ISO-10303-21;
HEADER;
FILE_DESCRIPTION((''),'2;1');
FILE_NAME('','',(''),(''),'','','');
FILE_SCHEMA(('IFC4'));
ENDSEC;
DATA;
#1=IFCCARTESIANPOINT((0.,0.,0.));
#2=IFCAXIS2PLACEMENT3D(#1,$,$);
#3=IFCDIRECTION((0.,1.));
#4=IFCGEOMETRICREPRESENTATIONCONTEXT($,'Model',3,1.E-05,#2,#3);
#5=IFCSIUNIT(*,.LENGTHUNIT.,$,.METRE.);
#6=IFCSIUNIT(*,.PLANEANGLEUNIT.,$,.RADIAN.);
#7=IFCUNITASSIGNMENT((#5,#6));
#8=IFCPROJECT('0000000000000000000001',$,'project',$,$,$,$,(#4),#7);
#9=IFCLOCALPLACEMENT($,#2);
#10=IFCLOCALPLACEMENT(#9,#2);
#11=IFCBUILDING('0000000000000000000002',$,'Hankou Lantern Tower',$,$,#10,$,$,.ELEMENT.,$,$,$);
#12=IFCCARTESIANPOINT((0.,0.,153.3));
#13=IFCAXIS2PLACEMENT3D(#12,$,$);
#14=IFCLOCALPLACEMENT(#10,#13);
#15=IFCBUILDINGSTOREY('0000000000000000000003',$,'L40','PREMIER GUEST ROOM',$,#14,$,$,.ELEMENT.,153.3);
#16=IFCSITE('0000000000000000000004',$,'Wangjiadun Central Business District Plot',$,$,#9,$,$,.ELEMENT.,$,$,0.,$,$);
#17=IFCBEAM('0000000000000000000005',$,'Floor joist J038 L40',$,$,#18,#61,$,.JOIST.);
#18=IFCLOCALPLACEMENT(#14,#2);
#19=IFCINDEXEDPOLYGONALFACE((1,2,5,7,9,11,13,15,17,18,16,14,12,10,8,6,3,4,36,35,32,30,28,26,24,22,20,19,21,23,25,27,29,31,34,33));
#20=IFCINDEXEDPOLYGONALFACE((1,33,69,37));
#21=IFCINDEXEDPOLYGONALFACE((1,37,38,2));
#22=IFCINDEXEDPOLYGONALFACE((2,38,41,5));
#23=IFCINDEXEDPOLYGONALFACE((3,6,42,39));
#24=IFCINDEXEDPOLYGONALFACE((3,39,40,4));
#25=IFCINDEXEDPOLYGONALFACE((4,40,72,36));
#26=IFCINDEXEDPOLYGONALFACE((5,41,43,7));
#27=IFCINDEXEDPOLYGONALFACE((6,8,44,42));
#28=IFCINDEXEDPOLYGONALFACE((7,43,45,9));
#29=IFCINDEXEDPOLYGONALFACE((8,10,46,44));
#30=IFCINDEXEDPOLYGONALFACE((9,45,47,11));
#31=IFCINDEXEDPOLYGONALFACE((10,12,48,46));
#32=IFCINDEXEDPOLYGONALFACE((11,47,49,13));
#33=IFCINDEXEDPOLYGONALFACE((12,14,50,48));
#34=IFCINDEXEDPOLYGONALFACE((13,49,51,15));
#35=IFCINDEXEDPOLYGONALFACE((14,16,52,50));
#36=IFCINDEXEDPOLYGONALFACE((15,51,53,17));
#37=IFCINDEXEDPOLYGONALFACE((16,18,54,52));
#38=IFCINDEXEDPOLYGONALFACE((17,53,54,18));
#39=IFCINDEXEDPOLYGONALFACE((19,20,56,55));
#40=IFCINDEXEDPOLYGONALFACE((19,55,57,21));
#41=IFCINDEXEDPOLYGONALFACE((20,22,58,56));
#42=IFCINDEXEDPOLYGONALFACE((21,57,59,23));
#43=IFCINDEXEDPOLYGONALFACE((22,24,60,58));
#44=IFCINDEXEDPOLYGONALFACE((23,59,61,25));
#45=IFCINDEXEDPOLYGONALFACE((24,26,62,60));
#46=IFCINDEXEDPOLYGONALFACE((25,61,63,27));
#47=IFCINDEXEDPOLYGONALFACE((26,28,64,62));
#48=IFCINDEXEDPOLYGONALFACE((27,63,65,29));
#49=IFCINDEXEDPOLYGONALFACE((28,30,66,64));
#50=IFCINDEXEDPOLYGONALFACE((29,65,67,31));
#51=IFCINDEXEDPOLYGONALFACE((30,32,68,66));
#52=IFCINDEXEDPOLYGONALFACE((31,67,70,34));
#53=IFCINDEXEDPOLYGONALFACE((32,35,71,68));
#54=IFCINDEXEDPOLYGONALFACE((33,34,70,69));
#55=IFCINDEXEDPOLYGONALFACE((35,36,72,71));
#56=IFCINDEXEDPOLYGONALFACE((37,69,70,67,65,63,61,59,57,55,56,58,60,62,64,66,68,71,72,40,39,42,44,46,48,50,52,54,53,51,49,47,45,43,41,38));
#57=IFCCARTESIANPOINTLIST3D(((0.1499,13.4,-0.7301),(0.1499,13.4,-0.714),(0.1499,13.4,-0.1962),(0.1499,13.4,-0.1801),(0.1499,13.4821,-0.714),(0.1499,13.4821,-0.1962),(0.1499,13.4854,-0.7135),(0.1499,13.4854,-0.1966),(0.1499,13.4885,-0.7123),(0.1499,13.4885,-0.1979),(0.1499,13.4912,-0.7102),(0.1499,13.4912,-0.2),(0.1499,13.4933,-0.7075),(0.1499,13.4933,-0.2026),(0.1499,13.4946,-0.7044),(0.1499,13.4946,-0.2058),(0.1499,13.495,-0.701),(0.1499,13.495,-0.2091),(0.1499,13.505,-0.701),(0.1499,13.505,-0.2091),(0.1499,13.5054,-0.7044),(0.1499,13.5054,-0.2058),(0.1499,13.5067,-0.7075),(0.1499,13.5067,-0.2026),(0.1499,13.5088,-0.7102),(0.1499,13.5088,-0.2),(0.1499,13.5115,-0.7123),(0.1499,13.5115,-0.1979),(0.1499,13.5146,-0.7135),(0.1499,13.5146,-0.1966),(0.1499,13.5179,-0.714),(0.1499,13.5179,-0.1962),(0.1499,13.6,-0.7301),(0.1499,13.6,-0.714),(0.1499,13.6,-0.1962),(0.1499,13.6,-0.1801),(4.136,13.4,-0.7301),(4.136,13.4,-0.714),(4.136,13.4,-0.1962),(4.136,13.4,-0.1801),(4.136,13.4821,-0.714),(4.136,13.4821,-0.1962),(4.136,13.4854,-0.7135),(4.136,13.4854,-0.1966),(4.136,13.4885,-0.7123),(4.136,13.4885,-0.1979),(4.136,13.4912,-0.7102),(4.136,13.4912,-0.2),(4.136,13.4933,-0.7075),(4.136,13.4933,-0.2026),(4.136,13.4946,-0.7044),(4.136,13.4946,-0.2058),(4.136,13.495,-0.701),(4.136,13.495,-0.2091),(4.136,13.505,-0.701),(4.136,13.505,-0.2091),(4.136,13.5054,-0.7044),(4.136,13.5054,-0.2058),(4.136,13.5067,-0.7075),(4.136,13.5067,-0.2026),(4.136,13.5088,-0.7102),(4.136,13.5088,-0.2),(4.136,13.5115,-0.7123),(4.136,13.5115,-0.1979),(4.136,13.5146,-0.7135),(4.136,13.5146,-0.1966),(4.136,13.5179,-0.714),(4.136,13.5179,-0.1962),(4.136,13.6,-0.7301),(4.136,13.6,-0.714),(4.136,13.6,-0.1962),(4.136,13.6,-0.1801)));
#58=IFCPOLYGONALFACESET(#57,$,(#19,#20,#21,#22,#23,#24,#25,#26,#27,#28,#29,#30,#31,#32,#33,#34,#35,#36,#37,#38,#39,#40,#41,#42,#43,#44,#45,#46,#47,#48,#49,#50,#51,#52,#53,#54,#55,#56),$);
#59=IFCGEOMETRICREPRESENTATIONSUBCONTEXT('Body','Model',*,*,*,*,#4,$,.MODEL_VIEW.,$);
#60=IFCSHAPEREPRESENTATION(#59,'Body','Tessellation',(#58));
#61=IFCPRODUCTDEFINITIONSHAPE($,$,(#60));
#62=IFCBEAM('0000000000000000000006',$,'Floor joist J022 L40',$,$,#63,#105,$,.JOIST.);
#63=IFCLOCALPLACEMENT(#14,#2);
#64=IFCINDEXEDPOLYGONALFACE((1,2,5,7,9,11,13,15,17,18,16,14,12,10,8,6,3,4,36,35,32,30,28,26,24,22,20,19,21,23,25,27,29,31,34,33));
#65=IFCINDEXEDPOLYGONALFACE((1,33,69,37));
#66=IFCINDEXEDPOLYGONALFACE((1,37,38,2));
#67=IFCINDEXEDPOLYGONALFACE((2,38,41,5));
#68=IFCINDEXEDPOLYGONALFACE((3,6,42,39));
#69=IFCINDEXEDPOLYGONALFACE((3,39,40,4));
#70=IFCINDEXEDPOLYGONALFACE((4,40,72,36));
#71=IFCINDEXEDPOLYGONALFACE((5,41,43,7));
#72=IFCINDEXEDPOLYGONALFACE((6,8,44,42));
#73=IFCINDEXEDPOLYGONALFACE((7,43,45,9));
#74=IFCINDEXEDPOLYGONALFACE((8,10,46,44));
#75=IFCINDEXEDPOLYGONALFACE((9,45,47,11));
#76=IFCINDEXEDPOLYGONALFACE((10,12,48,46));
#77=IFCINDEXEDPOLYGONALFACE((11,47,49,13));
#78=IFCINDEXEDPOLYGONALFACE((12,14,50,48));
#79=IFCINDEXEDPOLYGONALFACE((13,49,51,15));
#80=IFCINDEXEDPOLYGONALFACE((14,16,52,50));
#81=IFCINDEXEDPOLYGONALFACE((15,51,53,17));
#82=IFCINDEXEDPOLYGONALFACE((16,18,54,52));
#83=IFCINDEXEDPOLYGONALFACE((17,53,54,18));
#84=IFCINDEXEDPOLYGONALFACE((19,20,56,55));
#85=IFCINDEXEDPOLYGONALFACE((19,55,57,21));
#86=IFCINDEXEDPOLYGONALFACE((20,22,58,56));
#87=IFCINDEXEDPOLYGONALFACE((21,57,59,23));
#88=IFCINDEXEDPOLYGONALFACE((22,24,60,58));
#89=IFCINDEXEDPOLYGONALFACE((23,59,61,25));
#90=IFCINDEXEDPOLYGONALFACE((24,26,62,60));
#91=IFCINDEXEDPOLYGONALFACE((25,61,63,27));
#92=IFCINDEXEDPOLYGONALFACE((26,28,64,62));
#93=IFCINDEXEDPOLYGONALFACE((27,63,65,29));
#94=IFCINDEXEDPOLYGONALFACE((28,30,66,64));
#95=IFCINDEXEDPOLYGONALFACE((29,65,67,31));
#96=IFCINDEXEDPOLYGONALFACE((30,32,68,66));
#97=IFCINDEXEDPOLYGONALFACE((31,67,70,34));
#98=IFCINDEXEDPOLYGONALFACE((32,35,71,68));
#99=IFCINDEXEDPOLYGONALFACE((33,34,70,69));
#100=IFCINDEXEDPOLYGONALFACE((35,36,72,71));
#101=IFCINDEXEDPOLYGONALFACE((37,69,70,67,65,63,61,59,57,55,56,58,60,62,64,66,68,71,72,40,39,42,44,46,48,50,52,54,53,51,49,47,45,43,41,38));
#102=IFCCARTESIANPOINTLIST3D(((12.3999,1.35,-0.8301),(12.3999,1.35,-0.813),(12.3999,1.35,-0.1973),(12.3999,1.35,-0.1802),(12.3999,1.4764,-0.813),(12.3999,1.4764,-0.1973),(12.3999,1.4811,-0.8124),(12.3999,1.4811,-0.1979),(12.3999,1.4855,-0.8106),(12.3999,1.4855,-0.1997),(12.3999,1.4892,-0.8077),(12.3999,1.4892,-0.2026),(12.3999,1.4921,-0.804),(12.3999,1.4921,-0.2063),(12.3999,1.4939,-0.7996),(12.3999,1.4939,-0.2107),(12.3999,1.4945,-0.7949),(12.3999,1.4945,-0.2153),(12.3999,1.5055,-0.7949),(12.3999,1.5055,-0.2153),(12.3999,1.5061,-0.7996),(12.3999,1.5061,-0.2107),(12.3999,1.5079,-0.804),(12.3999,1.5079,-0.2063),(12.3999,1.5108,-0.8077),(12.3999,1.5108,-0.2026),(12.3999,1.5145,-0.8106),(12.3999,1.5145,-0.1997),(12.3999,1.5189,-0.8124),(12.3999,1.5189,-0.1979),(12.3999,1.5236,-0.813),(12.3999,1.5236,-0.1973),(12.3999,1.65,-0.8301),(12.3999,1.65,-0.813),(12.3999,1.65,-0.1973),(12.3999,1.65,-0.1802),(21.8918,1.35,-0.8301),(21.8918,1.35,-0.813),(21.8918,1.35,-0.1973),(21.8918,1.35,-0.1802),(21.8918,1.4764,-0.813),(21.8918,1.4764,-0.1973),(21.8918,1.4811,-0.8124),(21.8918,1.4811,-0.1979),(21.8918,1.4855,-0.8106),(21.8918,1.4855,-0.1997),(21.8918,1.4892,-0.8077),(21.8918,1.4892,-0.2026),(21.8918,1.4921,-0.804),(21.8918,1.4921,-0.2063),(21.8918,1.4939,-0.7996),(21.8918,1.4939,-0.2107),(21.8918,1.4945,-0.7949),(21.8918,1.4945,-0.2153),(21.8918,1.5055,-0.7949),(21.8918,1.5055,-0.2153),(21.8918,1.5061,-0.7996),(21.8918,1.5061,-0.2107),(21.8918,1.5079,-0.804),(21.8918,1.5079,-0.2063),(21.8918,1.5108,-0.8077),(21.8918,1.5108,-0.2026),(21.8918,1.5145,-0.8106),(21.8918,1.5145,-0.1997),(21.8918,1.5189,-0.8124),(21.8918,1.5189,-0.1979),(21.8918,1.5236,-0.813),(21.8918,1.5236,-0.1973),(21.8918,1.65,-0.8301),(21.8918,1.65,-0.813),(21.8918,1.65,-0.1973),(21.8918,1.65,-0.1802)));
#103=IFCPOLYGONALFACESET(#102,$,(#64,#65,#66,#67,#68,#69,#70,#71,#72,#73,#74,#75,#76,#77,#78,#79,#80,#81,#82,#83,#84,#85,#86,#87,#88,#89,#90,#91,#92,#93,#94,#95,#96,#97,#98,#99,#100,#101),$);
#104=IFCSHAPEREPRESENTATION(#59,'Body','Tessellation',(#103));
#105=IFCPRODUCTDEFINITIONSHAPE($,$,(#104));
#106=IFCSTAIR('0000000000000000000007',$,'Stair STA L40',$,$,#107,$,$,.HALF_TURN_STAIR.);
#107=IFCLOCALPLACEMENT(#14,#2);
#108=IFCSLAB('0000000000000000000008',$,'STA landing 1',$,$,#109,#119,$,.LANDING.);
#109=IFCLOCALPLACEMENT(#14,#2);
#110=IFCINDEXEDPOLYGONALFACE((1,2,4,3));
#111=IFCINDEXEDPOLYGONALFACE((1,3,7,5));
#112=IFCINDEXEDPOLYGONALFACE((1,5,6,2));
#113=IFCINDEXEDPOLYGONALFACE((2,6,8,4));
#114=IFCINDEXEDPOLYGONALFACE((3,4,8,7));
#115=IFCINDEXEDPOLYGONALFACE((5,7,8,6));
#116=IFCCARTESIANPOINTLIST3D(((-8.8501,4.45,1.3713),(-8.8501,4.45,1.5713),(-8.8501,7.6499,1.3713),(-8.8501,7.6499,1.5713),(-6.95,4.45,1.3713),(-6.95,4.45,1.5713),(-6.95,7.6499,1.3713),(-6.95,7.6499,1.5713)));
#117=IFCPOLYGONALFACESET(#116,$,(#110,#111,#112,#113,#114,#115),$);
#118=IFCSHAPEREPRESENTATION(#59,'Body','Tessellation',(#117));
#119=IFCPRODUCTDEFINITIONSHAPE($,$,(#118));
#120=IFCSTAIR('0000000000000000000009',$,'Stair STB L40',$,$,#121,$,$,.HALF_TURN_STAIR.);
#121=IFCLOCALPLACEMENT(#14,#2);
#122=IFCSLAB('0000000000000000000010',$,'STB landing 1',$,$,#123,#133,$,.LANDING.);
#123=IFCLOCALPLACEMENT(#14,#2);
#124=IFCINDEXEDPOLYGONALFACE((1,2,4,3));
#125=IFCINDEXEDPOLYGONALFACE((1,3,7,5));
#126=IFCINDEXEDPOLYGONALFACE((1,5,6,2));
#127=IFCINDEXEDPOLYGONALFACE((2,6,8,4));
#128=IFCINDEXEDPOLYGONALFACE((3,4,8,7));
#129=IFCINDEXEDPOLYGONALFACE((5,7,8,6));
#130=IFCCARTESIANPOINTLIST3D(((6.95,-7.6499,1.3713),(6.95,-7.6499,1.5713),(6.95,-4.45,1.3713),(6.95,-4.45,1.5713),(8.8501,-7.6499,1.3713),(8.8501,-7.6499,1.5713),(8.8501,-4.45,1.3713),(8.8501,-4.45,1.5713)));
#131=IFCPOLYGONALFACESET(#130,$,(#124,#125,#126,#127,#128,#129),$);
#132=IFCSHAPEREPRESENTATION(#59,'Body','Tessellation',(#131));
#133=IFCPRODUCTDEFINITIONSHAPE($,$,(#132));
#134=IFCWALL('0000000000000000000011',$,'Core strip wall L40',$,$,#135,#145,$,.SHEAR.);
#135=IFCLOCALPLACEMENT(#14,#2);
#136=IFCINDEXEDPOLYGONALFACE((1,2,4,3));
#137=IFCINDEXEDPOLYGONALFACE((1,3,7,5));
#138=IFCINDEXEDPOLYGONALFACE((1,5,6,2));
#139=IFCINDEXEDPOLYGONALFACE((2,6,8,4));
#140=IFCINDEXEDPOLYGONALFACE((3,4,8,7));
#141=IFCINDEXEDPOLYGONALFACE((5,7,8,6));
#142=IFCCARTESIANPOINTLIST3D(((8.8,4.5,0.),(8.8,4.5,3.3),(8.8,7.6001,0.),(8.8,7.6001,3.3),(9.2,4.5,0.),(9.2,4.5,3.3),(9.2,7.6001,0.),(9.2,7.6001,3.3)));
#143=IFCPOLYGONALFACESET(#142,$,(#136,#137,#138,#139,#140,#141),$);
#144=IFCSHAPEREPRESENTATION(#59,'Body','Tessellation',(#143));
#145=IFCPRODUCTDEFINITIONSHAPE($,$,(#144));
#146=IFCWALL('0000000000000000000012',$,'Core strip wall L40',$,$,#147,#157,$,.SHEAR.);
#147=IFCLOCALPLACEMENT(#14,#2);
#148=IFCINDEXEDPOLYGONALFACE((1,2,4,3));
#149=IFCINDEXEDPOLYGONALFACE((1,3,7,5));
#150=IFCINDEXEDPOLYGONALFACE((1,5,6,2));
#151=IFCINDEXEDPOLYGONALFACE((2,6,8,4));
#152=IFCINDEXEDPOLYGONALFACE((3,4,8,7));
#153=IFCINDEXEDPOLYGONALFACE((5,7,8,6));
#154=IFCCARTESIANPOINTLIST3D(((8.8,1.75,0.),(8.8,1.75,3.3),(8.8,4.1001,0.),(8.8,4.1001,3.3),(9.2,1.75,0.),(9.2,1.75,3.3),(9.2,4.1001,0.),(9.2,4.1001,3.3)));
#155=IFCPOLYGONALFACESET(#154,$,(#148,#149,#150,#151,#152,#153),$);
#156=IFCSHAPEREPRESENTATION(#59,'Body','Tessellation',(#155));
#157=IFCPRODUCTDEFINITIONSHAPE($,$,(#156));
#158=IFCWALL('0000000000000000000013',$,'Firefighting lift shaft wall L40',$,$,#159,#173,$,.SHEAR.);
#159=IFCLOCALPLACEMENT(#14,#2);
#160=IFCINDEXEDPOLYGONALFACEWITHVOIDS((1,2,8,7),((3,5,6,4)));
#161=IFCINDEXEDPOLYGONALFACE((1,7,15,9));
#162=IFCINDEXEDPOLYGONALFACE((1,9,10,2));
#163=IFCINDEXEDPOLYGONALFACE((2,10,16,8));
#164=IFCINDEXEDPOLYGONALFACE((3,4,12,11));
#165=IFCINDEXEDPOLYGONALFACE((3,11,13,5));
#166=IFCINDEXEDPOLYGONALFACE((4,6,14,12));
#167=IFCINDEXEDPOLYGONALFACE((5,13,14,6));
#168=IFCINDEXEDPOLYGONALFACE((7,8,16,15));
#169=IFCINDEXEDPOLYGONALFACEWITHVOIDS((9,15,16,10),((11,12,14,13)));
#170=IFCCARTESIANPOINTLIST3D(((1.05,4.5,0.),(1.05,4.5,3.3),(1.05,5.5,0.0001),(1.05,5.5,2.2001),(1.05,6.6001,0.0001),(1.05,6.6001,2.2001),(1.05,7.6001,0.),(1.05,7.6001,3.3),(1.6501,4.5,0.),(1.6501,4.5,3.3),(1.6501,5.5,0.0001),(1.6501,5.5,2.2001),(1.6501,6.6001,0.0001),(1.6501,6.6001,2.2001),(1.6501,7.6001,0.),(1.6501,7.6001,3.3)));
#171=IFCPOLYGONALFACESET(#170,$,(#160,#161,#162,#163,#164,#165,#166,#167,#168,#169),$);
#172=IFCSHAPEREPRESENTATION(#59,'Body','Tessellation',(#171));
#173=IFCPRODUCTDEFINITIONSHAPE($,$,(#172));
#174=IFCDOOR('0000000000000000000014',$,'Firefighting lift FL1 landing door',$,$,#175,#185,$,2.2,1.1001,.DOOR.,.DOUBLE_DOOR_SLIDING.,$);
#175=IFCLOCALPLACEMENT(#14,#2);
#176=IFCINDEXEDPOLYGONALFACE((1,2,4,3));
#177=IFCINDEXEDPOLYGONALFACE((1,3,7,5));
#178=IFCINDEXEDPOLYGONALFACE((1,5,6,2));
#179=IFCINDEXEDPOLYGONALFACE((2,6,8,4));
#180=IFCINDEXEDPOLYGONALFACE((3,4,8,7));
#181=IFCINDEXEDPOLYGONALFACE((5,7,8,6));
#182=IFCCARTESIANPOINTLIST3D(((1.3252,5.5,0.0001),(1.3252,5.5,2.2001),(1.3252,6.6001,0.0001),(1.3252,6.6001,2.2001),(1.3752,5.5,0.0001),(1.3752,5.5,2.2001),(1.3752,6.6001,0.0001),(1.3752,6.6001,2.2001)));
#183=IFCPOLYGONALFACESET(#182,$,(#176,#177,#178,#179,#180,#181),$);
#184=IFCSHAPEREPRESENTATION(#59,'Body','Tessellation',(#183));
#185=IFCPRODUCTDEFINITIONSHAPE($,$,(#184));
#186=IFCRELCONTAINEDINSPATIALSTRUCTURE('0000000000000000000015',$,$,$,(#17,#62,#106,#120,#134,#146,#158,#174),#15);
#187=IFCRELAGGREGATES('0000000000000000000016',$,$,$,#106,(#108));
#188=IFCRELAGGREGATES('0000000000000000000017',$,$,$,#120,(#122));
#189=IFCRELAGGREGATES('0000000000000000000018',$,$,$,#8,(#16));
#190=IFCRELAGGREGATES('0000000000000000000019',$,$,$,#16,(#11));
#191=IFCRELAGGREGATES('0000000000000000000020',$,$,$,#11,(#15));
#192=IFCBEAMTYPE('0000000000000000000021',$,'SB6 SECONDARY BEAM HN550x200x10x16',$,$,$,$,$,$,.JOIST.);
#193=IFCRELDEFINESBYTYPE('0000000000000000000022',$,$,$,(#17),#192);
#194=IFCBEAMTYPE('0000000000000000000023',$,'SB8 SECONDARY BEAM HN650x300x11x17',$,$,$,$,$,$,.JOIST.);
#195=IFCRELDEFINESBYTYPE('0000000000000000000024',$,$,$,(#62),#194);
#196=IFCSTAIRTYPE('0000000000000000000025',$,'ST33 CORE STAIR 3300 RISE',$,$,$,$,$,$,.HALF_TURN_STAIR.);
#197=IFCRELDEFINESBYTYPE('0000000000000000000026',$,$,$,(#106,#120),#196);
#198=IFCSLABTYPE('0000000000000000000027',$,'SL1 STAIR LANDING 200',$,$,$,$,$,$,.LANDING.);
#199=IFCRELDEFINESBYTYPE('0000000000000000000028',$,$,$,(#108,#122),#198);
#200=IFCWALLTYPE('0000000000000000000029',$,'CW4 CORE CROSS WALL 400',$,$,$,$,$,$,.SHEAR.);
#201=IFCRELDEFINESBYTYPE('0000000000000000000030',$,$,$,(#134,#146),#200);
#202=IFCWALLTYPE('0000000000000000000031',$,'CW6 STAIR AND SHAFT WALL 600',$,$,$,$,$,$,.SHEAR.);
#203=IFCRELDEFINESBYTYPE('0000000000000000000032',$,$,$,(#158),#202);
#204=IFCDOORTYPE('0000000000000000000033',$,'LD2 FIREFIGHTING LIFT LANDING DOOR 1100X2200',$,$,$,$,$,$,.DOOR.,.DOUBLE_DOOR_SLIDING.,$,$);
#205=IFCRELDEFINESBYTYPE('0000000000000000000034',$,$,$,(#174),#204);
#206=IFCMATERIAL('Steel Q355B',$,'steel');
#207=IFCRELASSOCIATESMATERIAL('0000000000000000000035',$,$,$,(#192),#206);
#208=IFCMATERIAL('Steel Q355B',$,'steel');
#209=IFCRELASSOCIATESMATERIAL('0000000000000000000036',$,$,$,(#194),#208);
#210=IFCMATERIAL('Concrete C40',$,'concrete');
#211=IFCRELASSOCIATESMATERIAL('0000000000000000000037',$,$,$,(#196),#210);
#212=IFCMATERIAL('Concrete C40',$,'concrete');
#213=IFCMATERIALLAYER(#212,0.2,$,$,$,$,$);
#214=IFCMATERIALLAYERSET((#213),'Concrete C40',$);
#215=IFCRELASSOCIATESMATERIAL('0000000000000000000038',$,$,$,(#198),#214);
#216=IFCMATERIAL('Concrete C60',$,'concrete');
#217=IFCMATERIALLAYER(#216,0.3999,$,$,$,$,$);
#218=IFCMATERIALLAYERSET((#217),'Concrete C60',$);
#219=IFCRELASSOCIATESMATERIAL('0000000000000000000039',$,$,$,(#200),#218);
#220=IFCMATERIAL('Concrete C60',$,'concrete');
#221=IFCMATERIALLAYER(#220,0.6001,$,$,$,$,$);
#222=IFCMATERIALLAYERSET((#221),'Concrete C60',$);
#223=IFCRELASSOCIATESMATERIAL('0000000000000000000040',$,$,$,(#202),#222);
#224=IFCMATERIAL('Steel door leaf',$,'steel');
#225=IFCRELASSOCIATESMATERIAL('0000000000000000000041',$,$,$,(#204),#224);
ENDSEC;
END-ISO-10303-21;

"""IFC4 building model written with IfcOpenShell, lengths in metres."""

from ifc_helpers import new_model, si_unit, direction, frame, frame_2d, origin, origin_2d, place, context, subcontext, project, spatial, polyline, rectangle, i_section, outline, extrude, material, layer, layer_set, material_profile, profile_set, type_object, element, fill, aggregate, save


model = new_model("IFC4")

# Units and contexts
model_context = context("Model", 3, precision=1e-05, world=origin(), true_north=direction((0.0, 1.0)))
body_context = subcontext(model_context, "Body", "Model", "MODEL_VIEW")
ifc_project = project(units=[si_unit("LENGTHUNIT", "METRE"), si_unit("PLANEANGLEUNIT", "RADIAN")], contexts=[model_context])

# Site, building, storey
site_placement = place(None, origin())
site = spatial("IfcSite", under=ifc_project, at=site_placement, Name="Wangjiadun Central Business District Plot", CompositionType="ELEMENT", RefElevation=0.0)
building_placement = place(site_placement, origin())
building = spatial("IfcBuilding", under=site, at=building_placement, Name="Hankou Lantern Tower", CompositionType="ELEMENT")
storey_placement = place(building_placement, frame((0.0, 0.0, 153.3)))
storey = spatial("IfcBuildingStorey", under=building, at=storey_placement, Name="L40", Description="PREMIER GUEST ROOM", CompositionType="ELEMENT", Elevation=153.3)

# Beams
ifc_material_1 = material(Name="Steel Q355B", Category="steel")
ifc_material_profile_1 = material_profile(ifc_material_1, i_section(OverallWidth=0.2, OverallDepth=0.55, WebThickness=0.01, FlangeThickness=0.0161, FilletRadius=0.0129, at=origin_2d()), Name="HN550x200x10x16")
ifc_profile_set_1 = profile_set([ifc_material_profile_1], Name="Steel Q355B")
beam_type_1 = type_object("IfcBeamType", Name="SB6 SECONDARY BEAM HN550x200x10x16", PredefinedType="JOIST", material=ifc_profile_set_1)
beam_1_placement = place(storey_placement, frame((0.1499, 13.5, -0.4551), z_axis=(1.0, 0.0, 0.0), x_axis=(0.0, 1.0, 0.0)))
element("IfcBeam", 1, at=beam_1_placement, inside=storey, type_object=beam_type_1, Name="Floor joist J038 L40", PredefinedType="JOIST", context=body_context, shape_type="SweptSolid", body=[
    extrude(i_section(OverallWidth=0.2, OverallDepth=0.55, WebThickness=0.01, FlangeThickness=0.0161, FilletRadius=0.0129, at=origin_2d()), origin(), (0.0, 0.0, 1.0), 3.9861),
])
ifc_material_2 = material(Name="Steel Q355B", Category="steel")
ifc_material_profile_2 = material_profile(ifc_material_2, i_section(OverallWidth=0.3, OverallDepth=0.6499, WebThickness=0.011, FlangeThickness=0.0171, FilletRadius=0.0181, at=origin_2d()), Name="HN650x300x11x17")
ifc_profile_set_2 = profile_set([ifc_material_profile_2], Name="Steel Q355B")
beam_type_2 = type_object("IfcBeamType", Name="SB8 SECONDARY BEAM HN650x300x11x17", PredefinedType="JOIST", material=ifc_profile_set_2)
beam_2_placement = place(storey_placement, frame((12.3999, 1.5, -0.5051), z_axis=(1.0, 0.0, 0.0), x_axis=(0.0, 1.0, 0.0)))
element("IfcBeam", 2, at=beam_2_placement, inside=storey, type_object=beam_type_2, Name="Floor joist J022 L40", PredefinedType="JOIST", context=body_context, shape_type="SweptSolid", body=[
    extrude(i_section(OverallWidth=0.3, OverallDepth=0.6499, WebThickness=0.011, FlangeThickness=0.0171, FilletRadius=0.0181, at=origin_2d()), origin(), (0.0, 0.0, 1.0), 9.4919),
])

# Stairs, slabs
ifc_material_3 = material(Name="Concrete C40", Category="concrete")
stair_type = type_object("IfcStairType", Name="ST33 CORE STAIR 3300 RISE", PredefinedType="HALF_TURN_STAIR", material=ifc_material_3)
stair_1_placement = place(storey_placement, origin())
stair_1 = element("IfcStair", 3, at=stair_1_placement, inside=storey, type_object=stair_type, Name="Stair STA L40", PredefinedType="HALF_TURN_STAIR")
ifc_material_4 = material(Name="Concrete C40", Category="concrete")
ifc_layer_1 = layer(ifc_material_4, 0.2)
ifc_layer_set_1 = layer_set([ifc_layer_1], Name="Concrete C40")
slab_type = type_object("IfcSlabType", Name="SL1 STAIR LANDING 200", PredefinedType="LANDING", material=ifc_layer_set_1)
slab_1_placement = place(storey_placement, frame((0.0, 0.0, 1.3713)))
slab_1 = element("IfcSlab", 4, at=slab_1_placement, type_object=slab_type, Name="STA landing 1", PredefinedType="LANDING", context=body_context, shape_type="SweptSolid", body=[
    extrude(outline(polyline([(-8.8501, 4.45), (-6.95, 4.45), (-6.95, 7.6499), (-8.8501, 7.6499), (-8.8501, 4.45)])), origin(), (0.0, 0.0, 1.0), 0.2),
])
aggregate(stair_1, [slab_1])
stair_2_placement = place(storey_placement, origin())
stair_2 = element("IfcStair", 5, at=stair_2_placement, inside=storey, type_object=stair_type, Name="Stair STB L40", PredefinedType="HALF_TURN_STAIR")
slab_2_placement = place(storey_placement, frame((0.0, 0.0, 1.3713)))
slab_2 = element("IfcSlab", 6, at=slab_2_placement, type_object=slab_type, Name="STB landing 1", PredefinedType="LANDING", context=body_context, shape_type="SweptSolid", body=[
    extrude(outline(polyline([(8.8501, -4.45), (6.95, -4.45), (6.95, -7.6499), (8.8501, -7.6499), (8.8501, -4.45)])), origin(), (0.0, 0.0, 1.0), 0.2),
])
aggregate(stair_2, [slab_2])

# Walls
ifc_material_5 = material(Name="Concrete C60", Category="concrete")
ifc_layer_2 = layer(ifc_material_5, 0.3999)
ifc_layer_set_2 = layer_set([ifc_layer_2], Name="Concrete C60")
wall_type_1 = type_object("IfcWallType", Name="CW4 CORE CROSS WALL 400", PredefinedType="SHEAR", material=ifc_layer_set_2)
wall_1_placement = place(storey_placement, frame((9.0, 4.5, 0.0), z_axis=(0.0, 0.0, 1.0), x_axis=(0.0, 1.0, 0.0)))
element("IfcWall", 7, at=wall_1_placement, inside=storey, type_object=wall_type_1, Name="Core strip wall L40", PredefinedType="SHEAR", context=body_context, shape_type="SweptSolid", body=[
    extrude(rectangle(XDim=3.1001, YDim=0.3999, at=frame_2d((1.55, 0.0))), origin(), (0.0, 0.0, 1.0), 3.3),
])
wall_2_placement = place(storey_placement, frame((9.0, 1.75, 0.0), z_axis=(0.0, 0.0, 1.0), x_axis=(0.0, 1.0, 0.0)))
element("IfcWall", 8, at=wall_2_placement, inside=storey, type_object=wall_type_1, Name="Core strip wall L40", PredefinedType="SHEAR", context=body_context, shape_type="SweptSolid", body=[
    extrude(rectangle(XDim=2.3501, YDim=0.3999, at=frame_2d((1.175, 0.0))), origin(), (0.0, 0.0, 1.0), 3.3),
])

# Wall, opening, door
ifc_material_6 = material(Name="Concrete C60", Category="concrete")
ifc_layer_3 = layer(ifc_material_6, 0.6001)
ifc_layer_set_3 = layer_set([ifc_layer_3], Name="Concrete C60")
wall_type_2 = type_object("IfcWallType", Name="CW6 STAIR AND SHAFT WALL 600", PredefinedType="SHEAR", material=ifc_layer_set_3)
wall_3_placement = place(storey_placement, frame((1.3501, 4.5, 0.0), z_axis=(0.0, 0.0, 1.0), x_axis=(0.0, 1.0, 0.0)))
wall_3 = element("IfcWall", 9, at=wall_3_placement, inside=storey, type_object=wall_type_2, Name="Firefighting lift shaft wall L40", PredefinedType="SHEAR", context=body_context, shape_type="SweptSolid", body=[
    extrude(rectangle(XDim=3.1001, YDim=0.6001, at=frame_2d((1.55, 0.0))), origin(), (0.0, 0.0, 1.0), 3.3),
])
opening_1_placement = place(wall_3_placement, frame((1.0, 0.0, 0.0)))
opening_1 = element("IfcOpeningElement", 10, at=opening_1_placement, cuts=wall_3, PredefinedType="OPENING", context=body_context, shape_type="SweptSolid", body=[
    extrude(rectangle(XDim=1.1001, YDim=2.2, at=frame_2d((0.55, 1.1001))), frame((0.0, 0.3101, 0.0), z_axis=(0.0, -1.0, 0.0), x_axis=(1.0, 0.0, 0.0)), (0.0, 0.0, 1.0), 0.6201),
])
ifc_material_7 = material(Name="Steel door leaf", Category="steel")
door_type_1 = type_object("IfcDoorType", Name="LD2 FIREFIGHTING LIFT LANDING DOOR 1100X2200", OperationType="DOUBLE_DOOR_SLIDING", PredefinedType="DOOR", material=ifc_material_7)
door_1_placement = place(opening_1_placement, origin())
door_1 = element("IfcDoor", 11, at=door_1_placement, inside=storey, type_object=door_type_1, Name="Firefighting lift FL1 landing door", OperationType="DOUBLE_DOOR_SLIDING", OverallHeight=2.2, OverallWidth=1.1001, PredefinedType="DOOR", context=body_context, shape_type="SweptSolid", body=[
    extrude(rectangle(XDim=1.1001, YDim=2.2, at=frame_2d((0.55, 1.1001))), frame((0.0, 0.0249, 0.0), z_axis=(0.0, -1.0, 0.0), x_axis=(1.0, 0.0, 0.0)), (0.0, 0.0, 1.0), 0.05),
])
fill(opening_1, door_1)

save(model, "model.ifc")
